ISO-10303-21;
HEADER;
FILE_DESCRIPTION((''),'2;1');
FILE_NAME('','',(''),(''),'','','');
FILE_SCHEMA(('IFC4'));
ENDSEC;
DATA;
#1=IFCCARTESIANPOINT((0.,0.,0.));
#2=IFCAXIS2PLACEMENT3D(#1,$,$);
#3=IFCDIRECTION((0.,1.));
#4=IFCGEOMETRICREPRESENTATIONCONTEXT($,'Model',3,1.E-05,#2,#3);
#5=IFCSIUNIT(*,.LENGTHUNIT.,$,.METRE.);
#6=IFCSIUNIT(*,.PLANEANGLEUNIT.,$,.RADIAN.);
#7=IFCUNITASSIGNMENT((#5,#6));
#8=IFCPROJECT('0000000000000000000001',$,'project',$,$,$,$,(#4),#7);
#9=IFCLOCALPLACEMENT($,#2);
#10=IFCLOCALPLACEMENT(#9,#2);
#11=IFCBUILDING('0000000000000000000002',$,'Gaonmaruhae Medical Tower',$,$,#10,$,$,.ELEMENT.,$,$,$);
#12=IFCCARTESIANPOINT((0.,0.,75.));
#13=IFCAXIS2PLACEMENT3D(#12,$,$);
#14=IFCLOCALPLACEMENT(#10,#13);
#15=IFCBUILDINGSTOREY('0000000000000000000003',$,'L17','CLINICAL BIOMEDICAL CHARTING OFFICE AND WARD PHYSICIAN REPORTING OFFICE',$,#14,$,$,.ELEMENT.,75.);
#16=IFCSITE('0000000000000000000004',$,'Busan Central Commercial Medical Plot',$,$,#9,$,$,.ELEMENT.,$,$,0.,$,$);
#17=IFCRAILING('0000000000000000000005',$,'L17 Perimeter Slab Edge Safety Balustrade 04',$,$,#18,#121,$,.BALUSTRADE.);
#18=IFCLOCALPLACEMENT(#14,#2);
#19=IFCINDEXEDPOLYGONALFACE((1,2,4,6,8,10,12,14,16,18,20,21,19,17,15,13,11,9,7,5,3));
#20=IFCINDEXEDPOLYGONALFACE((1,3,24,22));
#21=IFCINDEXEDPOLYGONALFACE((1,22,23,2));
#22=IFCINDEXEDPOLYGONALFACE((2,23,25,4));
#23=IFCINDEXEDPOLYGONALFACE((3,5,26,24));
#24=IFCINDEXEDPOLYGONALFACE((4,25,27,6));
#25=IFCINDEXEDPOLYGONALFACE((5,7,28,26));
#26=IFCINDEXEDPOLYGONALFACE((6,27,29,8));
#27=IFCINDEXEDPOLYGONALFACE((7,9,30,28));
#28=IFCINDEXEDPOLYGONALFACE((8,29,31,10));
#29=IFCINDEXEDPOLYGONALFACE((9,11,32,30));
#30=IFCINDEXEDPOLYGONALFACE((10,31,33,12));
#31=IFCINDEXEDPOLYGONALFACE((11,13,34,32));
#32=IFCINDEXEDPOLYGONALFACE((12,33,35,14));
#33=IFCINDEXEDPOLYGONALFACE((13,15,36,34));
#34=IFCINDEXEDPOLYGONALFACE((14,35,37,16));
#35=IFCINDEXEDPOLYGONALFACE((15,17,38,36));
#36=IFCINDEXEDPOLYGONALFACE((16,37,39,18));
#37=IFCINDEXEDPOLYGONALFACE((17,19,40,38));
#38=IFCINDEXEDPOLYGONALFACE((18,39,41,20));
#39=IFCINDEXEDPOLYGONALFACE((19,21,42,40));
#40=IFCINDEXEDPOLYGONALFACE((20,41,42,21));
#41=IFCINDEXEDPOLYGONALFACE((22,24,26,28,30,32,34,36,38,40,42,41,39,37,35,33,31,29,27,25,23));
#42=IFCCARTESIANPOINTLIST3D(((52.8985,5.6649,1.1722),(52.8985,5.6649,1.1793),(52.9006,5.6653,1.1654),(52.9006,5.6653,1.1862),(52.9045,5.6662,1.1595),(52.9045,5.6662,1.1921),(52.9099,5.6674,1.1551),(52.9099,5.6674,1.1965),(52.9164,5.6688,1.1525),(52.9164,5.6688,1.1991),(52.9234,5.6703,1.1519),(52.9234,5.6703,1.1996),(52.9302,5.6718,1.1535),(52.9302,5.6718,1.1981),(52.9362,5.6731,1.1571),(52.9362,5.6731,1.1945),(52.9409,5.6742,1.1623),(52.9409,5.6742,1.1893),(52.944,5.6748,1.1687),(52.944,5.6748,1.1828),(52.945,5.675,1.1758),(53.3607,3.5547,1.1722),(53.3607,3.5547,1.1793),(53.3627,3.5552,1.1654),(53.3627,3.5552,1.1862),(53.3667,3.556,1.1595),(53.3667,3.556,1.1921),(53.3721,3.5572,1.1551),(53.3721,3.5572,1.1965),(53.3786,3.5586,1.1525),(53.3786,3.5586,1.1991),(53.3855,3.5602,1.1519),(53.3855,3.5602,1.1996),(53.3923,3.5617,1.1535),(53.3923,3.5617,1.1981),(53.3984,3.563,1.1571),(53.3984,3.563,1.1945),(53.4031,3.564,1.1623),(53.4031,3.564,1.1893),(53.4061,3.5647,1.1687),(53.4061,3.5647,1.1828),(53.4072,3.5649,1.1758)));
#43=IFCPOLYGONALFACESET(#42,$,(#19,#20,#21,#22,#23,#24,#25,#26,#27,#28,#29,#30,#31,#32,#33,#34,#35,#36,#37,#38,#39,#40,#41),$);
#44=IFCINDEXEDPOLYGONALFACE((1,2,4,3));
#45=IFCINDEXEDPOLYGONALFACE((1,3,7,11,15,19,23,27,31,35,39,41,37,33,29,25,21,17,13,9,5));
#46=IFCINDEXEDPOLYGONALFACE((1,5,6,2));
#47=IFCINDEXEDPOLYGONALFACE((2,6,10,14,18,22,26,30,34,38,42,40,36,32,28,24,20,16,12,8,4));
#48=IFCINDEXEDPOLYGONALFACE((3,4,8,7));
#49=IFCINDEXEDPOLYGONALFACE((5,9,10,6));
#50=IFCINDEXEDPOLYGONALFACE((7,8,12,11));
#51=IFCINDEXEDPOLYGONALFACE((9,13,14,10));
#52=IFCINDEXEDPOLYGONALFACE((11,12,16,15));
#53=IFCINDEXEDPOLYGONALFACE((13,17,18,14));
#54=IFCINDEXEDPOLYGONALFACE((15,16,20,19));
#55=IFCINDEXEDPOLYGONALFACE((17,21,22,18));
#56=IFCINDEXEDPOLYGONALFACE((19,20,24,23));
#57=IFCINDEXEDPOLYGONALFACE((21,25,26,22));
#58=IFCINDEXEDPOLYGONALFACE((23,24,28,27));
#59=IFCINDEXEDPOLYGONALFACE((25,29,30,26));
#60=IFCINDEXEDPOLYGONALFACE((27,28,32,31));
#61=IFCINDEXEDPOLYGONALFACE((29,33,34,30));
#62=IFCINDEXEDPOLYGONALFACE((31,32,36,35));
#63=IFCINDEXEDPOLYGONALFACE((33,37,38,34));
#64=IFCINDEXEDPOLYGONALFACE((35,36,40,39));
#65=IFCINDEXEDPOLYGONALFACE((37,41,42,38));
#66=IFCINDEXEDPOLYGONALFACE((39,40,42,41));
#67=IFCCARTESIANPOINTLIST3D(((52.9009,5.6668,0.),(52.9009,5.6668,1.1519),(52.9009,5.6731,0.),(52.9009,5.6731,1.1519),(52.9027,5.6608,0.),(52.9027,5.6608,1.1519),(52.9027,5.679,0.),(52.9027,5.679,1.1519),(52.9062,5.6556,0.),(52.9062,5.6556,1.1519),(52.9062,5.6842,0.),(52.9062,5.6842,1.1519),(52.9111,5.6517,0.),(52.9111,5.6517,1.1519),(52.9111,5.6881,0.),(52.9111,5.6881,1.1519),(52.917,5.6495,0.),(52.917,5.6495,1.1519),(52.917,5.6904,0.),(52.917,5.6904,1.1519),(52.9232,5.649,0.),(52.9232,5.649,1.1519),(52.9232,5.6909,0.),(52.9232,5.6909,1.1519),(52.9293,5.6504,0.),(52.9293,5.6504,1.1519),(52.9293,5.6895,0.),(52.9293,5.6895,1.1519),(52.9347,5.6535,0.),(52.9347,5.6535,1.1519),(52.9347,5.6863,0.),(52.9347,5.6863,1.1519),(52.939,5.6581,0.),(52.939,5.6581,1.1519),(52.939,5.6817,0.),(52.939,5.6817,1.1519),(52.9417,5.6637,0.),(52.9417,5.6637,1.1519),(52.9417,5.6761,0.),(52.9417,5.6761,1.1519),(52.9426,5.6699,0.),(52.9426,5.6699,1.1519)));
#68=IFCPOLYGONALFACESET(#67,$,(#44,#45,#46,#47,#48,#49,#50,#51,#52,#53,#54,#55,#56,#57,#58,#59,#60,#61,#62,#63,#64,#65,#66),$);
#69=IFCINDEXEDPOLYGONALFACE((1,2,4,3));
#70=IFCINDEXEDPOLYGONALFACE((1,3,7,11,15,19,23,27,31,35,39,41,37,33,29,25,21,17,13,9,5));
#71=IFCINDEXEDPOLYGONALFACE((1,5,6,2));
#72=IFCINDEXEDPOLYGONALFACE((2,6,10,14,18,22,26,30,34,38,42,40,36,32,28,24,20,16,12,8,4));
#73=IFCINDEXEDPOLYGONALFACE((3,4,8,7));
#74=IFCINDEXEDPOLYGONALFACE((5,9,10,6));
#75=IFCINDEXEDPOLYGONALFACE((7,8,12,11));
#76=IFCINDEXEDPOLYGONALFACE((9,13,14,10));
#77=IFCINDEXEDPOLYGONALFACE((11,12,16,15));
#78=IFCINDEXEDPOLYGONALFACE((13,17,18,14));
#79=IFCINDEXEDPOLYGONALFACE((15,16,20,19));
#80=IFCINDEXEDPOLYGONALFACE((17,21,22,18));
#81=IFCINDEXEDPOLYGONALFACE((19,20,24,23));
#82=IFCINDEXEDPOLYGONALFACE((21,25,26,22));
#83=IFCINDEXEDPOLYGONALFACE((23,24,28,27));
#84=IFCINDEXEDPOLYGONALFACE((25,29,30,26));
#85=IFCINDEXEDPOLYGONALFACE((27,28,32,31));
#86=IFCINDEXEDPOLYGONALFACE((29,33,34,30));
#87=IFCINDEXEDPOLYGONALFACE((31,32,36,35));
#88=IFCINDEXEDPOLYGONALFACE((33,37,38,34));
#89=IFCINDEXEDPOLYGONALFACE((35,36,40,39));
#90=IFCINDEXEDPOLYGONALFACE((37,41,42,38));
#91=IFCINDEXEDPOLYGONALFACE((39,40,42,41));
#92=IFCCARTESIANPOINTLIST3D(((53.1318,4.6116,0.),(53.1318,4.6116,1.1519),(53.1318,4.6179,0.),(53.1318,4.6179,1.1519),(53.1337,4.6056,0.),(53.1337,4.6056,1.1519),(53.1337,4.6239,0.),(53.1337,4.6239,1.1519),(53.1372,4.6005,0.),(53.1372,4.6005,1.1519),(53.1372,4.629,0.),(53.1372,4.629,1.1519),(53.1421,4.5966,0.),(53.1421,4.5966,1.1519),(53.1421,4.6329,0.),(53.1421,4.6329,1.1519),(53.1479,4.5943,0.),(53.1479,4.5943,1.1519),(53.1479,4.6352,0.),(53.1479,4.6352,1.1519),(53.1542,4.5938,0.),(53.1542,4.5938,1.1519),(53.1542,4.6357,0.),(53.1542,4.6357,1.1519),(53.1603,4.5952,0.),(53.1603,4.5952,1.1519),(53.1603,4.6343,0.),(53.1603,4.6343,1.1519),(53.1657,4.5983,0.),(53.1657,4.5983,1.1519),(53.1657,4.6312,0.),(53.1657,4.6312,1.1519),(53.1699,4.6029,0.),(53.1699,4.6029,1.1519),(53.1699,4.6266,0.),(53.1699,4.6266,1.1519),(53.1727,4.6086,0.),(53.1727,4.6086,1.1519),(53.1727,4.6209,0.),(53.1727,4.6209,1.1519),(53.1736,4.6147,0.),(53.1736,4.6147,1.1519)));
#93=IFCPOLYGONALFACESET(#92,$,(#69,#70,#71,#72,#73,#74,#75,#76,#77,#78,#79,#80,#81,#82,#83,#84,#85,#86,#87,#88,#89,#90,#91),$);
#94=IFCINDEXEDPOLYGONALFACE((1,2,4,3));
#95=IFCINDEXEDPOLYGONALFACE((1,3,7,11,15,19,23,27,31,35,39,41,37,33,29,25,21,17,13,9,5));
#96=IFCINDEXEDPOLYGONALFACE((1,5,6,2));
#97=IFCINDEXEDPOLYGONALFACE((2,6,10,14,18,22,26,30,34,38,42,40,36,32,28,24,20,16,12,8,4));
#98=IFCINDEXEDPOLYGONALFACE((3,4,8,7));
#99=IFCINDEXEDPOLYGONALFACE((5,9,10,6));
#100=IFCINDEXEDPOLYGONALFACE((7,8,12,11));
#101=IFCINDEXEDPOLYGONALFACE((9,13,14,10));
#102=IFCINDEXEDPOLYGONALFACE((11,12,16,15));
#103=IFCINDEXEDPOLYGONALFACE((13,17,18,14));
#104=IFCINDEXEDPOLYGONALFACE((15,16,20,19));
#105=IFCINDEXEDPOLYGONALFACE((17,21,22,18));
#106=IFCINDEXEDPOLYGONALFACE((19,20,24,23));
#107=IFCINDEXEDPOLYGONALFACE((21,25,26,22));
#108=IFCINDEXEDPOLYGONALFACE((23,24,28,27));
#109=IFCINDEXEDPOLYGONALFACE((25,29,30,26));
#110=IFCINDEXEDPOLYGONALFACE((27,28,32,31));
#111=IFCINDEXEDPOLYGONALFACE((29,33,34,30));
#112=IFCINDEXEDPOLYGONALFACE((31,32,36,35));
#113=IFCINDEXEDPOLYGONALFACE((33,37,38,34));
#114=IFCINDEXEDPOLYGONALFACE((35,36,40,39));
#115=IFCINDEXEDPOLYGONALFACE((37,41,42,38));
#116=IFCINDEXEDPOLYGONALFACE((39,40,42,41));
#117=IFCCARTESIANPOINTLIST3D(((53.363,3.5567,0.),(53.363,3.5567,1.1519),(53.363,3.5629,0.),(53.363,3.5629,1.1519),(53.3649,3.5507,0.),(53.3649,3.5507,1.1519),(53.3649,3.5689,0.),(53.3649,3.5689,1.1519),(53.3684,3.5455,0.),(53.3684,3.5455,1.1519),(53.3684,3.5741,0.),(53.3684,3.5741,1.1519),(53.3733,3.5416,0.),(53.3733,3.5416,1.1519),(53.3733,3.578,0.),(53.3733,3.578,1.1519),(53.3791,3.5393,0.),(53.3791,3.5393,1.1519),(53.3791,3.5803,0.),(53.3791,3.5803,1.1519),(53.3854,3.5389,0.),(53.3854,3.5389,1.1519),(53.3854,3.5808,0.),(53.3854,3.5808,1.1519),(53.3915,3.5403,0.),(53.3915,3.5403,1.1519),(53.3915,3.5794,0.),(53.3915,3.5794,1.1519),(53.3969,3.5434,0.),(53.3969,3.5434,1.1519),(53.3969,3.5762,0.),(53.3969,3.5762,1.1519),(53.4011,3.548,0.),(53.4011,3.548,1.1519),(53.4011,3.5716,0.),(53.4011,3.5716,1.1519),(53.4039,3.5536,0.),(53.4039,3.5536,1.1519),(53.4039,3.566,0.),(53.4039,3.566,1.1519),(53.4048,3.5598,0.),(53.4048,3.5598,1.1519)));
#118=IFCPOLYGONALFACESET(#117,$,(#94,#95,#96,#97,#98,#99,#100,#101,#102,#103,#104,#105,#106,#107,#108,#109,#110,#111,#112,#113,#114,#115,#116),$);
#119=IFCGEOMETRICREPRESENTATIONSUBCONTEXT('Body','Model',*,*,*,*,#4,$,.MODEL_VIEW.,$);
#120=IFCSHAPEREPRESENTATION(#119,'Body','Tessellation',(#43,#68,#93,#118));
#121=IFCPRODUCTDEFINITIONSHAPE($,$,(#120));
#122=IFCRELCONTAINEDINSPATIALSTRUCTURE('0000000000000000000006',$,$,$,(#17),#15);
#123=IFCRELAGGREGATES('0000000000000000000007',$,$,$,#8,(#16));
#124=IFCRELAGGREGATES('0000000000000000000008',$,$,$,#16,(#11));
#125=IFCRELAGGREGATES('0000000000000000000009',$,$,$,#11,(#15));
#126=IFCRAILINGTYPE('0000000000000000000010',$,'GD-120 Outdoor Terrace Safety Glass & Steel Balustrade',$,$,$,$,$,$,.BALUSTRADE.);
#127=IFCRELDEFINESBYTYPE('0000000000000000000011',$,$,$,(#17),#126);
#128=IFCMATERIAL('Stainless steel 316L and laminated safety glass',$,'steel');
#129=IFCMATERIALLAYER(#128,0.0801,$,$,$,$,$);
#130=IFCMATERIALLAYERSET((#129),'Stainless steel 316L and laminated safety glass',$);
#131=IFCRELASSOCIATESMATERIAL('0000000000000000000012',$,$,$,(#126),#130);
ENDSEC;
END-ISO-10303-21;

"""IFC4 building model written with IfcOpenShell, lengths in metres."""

from ifc_helpers import new_model, si_unit, direction, frame, origin, origin_2d, place, context, subcontext, project, spatial, circle, extrude, material, layer, layer_set, type_object, element, save


model = new_model("IFC4")

# Units and contexts
model_context = context("Model", 3, precision=1e-05, world=origin(), true_north=direction((0.0, 1.0)))
body_context = subcontext(model_context, "Body", "Model", "MODEL_VIEW")
ifc_project = project(units=[si_unit("LENGTHUNIT", "METRE"), si_unit("PLANEANGLEUNIT", "RADIAN")], contexts=[model_context])

# Site, building, storey
site_placement = place(None, origin())
site = spatial("IfcSite", under=ifc_project, at=site_placement, Name="Busan Central Commercial Medical Plot", CompositionType="ELEMENT", RefElevation=0.0)
building_placement = place(site_placement, origin())
building = spatial("IfcBuilding", under=site, at=building_placement, Name="Gaonmaruhae Medical Tower", CompositionType="ELEMENT")
storey_placement = place(building_placement, frame((0.0, 0.0, 75.0)))
storey = spatial("IfcBuildingStorey", under=building, at=storey_placement, Name="L17", Description="CLINICAL BIOMEDICAL CHARTING OFFICE AND WARD PHYSICIAN REPORTING OFFICE", CompositionType="ELEMENT", Elevation=75.0)

# Railing
ifc_material_1 = material(Name="Stainless steel 316L and laminated safety glass", Category="steel")
ifc_layer_1 = layer(ifc_material_1, 0.0801)
ifc_layer_set_1 = layer_set([ifc_layer_1], Name="Stainless steel 316L and laminated safety glass")
railing_type = type_object("IfcRailingType", Name="GD-120 Outdoor Terrace Safety Glass & Steel Balustrade", PredefinedType="BALUSTRADE", material=ifc_layer_set_1)
railing_1_placement = place(storey_placement, frame((52.9216, 5.6699, 0.0)))
element("IfcRailing", 1, at=railing_1_placement, inside=storey, type_object=railing_type, Name="L17 Perimeter Slab Edge Safety Balustrade 04", PredefinedType="BALUSTRADE", context=body_context, shape_type="SweptSolid", body=[
    extrude(circle(Radius=0.0239, at=origin_2d()), frame((0.0, 0.0, 1.1758), z_axis=(0.21395, -0.976845, 0.0), x_axis=(0.976845, 0.21395, 0.0)), (0.0, 0.0, 1.0), 2.1602),
    extrude(circle(Radius=0.021, at=origin_2d()), origin(), (0.0, 0.0, 1.0), 1.1519),
    extrude(circle(Radius=0.021, at=origin_2d()), frame((0.231, -1.0552, 0.0)), (0.0, 0.0, 1.0), 1.1519),
    extrude(circle(Radius=0.021, at=origin_2d()), frame((0.4622, -2.1101, 0.0)), (0.0, 0.0, 1.0), 1.1519),
])

save(model, "model.ifc")
